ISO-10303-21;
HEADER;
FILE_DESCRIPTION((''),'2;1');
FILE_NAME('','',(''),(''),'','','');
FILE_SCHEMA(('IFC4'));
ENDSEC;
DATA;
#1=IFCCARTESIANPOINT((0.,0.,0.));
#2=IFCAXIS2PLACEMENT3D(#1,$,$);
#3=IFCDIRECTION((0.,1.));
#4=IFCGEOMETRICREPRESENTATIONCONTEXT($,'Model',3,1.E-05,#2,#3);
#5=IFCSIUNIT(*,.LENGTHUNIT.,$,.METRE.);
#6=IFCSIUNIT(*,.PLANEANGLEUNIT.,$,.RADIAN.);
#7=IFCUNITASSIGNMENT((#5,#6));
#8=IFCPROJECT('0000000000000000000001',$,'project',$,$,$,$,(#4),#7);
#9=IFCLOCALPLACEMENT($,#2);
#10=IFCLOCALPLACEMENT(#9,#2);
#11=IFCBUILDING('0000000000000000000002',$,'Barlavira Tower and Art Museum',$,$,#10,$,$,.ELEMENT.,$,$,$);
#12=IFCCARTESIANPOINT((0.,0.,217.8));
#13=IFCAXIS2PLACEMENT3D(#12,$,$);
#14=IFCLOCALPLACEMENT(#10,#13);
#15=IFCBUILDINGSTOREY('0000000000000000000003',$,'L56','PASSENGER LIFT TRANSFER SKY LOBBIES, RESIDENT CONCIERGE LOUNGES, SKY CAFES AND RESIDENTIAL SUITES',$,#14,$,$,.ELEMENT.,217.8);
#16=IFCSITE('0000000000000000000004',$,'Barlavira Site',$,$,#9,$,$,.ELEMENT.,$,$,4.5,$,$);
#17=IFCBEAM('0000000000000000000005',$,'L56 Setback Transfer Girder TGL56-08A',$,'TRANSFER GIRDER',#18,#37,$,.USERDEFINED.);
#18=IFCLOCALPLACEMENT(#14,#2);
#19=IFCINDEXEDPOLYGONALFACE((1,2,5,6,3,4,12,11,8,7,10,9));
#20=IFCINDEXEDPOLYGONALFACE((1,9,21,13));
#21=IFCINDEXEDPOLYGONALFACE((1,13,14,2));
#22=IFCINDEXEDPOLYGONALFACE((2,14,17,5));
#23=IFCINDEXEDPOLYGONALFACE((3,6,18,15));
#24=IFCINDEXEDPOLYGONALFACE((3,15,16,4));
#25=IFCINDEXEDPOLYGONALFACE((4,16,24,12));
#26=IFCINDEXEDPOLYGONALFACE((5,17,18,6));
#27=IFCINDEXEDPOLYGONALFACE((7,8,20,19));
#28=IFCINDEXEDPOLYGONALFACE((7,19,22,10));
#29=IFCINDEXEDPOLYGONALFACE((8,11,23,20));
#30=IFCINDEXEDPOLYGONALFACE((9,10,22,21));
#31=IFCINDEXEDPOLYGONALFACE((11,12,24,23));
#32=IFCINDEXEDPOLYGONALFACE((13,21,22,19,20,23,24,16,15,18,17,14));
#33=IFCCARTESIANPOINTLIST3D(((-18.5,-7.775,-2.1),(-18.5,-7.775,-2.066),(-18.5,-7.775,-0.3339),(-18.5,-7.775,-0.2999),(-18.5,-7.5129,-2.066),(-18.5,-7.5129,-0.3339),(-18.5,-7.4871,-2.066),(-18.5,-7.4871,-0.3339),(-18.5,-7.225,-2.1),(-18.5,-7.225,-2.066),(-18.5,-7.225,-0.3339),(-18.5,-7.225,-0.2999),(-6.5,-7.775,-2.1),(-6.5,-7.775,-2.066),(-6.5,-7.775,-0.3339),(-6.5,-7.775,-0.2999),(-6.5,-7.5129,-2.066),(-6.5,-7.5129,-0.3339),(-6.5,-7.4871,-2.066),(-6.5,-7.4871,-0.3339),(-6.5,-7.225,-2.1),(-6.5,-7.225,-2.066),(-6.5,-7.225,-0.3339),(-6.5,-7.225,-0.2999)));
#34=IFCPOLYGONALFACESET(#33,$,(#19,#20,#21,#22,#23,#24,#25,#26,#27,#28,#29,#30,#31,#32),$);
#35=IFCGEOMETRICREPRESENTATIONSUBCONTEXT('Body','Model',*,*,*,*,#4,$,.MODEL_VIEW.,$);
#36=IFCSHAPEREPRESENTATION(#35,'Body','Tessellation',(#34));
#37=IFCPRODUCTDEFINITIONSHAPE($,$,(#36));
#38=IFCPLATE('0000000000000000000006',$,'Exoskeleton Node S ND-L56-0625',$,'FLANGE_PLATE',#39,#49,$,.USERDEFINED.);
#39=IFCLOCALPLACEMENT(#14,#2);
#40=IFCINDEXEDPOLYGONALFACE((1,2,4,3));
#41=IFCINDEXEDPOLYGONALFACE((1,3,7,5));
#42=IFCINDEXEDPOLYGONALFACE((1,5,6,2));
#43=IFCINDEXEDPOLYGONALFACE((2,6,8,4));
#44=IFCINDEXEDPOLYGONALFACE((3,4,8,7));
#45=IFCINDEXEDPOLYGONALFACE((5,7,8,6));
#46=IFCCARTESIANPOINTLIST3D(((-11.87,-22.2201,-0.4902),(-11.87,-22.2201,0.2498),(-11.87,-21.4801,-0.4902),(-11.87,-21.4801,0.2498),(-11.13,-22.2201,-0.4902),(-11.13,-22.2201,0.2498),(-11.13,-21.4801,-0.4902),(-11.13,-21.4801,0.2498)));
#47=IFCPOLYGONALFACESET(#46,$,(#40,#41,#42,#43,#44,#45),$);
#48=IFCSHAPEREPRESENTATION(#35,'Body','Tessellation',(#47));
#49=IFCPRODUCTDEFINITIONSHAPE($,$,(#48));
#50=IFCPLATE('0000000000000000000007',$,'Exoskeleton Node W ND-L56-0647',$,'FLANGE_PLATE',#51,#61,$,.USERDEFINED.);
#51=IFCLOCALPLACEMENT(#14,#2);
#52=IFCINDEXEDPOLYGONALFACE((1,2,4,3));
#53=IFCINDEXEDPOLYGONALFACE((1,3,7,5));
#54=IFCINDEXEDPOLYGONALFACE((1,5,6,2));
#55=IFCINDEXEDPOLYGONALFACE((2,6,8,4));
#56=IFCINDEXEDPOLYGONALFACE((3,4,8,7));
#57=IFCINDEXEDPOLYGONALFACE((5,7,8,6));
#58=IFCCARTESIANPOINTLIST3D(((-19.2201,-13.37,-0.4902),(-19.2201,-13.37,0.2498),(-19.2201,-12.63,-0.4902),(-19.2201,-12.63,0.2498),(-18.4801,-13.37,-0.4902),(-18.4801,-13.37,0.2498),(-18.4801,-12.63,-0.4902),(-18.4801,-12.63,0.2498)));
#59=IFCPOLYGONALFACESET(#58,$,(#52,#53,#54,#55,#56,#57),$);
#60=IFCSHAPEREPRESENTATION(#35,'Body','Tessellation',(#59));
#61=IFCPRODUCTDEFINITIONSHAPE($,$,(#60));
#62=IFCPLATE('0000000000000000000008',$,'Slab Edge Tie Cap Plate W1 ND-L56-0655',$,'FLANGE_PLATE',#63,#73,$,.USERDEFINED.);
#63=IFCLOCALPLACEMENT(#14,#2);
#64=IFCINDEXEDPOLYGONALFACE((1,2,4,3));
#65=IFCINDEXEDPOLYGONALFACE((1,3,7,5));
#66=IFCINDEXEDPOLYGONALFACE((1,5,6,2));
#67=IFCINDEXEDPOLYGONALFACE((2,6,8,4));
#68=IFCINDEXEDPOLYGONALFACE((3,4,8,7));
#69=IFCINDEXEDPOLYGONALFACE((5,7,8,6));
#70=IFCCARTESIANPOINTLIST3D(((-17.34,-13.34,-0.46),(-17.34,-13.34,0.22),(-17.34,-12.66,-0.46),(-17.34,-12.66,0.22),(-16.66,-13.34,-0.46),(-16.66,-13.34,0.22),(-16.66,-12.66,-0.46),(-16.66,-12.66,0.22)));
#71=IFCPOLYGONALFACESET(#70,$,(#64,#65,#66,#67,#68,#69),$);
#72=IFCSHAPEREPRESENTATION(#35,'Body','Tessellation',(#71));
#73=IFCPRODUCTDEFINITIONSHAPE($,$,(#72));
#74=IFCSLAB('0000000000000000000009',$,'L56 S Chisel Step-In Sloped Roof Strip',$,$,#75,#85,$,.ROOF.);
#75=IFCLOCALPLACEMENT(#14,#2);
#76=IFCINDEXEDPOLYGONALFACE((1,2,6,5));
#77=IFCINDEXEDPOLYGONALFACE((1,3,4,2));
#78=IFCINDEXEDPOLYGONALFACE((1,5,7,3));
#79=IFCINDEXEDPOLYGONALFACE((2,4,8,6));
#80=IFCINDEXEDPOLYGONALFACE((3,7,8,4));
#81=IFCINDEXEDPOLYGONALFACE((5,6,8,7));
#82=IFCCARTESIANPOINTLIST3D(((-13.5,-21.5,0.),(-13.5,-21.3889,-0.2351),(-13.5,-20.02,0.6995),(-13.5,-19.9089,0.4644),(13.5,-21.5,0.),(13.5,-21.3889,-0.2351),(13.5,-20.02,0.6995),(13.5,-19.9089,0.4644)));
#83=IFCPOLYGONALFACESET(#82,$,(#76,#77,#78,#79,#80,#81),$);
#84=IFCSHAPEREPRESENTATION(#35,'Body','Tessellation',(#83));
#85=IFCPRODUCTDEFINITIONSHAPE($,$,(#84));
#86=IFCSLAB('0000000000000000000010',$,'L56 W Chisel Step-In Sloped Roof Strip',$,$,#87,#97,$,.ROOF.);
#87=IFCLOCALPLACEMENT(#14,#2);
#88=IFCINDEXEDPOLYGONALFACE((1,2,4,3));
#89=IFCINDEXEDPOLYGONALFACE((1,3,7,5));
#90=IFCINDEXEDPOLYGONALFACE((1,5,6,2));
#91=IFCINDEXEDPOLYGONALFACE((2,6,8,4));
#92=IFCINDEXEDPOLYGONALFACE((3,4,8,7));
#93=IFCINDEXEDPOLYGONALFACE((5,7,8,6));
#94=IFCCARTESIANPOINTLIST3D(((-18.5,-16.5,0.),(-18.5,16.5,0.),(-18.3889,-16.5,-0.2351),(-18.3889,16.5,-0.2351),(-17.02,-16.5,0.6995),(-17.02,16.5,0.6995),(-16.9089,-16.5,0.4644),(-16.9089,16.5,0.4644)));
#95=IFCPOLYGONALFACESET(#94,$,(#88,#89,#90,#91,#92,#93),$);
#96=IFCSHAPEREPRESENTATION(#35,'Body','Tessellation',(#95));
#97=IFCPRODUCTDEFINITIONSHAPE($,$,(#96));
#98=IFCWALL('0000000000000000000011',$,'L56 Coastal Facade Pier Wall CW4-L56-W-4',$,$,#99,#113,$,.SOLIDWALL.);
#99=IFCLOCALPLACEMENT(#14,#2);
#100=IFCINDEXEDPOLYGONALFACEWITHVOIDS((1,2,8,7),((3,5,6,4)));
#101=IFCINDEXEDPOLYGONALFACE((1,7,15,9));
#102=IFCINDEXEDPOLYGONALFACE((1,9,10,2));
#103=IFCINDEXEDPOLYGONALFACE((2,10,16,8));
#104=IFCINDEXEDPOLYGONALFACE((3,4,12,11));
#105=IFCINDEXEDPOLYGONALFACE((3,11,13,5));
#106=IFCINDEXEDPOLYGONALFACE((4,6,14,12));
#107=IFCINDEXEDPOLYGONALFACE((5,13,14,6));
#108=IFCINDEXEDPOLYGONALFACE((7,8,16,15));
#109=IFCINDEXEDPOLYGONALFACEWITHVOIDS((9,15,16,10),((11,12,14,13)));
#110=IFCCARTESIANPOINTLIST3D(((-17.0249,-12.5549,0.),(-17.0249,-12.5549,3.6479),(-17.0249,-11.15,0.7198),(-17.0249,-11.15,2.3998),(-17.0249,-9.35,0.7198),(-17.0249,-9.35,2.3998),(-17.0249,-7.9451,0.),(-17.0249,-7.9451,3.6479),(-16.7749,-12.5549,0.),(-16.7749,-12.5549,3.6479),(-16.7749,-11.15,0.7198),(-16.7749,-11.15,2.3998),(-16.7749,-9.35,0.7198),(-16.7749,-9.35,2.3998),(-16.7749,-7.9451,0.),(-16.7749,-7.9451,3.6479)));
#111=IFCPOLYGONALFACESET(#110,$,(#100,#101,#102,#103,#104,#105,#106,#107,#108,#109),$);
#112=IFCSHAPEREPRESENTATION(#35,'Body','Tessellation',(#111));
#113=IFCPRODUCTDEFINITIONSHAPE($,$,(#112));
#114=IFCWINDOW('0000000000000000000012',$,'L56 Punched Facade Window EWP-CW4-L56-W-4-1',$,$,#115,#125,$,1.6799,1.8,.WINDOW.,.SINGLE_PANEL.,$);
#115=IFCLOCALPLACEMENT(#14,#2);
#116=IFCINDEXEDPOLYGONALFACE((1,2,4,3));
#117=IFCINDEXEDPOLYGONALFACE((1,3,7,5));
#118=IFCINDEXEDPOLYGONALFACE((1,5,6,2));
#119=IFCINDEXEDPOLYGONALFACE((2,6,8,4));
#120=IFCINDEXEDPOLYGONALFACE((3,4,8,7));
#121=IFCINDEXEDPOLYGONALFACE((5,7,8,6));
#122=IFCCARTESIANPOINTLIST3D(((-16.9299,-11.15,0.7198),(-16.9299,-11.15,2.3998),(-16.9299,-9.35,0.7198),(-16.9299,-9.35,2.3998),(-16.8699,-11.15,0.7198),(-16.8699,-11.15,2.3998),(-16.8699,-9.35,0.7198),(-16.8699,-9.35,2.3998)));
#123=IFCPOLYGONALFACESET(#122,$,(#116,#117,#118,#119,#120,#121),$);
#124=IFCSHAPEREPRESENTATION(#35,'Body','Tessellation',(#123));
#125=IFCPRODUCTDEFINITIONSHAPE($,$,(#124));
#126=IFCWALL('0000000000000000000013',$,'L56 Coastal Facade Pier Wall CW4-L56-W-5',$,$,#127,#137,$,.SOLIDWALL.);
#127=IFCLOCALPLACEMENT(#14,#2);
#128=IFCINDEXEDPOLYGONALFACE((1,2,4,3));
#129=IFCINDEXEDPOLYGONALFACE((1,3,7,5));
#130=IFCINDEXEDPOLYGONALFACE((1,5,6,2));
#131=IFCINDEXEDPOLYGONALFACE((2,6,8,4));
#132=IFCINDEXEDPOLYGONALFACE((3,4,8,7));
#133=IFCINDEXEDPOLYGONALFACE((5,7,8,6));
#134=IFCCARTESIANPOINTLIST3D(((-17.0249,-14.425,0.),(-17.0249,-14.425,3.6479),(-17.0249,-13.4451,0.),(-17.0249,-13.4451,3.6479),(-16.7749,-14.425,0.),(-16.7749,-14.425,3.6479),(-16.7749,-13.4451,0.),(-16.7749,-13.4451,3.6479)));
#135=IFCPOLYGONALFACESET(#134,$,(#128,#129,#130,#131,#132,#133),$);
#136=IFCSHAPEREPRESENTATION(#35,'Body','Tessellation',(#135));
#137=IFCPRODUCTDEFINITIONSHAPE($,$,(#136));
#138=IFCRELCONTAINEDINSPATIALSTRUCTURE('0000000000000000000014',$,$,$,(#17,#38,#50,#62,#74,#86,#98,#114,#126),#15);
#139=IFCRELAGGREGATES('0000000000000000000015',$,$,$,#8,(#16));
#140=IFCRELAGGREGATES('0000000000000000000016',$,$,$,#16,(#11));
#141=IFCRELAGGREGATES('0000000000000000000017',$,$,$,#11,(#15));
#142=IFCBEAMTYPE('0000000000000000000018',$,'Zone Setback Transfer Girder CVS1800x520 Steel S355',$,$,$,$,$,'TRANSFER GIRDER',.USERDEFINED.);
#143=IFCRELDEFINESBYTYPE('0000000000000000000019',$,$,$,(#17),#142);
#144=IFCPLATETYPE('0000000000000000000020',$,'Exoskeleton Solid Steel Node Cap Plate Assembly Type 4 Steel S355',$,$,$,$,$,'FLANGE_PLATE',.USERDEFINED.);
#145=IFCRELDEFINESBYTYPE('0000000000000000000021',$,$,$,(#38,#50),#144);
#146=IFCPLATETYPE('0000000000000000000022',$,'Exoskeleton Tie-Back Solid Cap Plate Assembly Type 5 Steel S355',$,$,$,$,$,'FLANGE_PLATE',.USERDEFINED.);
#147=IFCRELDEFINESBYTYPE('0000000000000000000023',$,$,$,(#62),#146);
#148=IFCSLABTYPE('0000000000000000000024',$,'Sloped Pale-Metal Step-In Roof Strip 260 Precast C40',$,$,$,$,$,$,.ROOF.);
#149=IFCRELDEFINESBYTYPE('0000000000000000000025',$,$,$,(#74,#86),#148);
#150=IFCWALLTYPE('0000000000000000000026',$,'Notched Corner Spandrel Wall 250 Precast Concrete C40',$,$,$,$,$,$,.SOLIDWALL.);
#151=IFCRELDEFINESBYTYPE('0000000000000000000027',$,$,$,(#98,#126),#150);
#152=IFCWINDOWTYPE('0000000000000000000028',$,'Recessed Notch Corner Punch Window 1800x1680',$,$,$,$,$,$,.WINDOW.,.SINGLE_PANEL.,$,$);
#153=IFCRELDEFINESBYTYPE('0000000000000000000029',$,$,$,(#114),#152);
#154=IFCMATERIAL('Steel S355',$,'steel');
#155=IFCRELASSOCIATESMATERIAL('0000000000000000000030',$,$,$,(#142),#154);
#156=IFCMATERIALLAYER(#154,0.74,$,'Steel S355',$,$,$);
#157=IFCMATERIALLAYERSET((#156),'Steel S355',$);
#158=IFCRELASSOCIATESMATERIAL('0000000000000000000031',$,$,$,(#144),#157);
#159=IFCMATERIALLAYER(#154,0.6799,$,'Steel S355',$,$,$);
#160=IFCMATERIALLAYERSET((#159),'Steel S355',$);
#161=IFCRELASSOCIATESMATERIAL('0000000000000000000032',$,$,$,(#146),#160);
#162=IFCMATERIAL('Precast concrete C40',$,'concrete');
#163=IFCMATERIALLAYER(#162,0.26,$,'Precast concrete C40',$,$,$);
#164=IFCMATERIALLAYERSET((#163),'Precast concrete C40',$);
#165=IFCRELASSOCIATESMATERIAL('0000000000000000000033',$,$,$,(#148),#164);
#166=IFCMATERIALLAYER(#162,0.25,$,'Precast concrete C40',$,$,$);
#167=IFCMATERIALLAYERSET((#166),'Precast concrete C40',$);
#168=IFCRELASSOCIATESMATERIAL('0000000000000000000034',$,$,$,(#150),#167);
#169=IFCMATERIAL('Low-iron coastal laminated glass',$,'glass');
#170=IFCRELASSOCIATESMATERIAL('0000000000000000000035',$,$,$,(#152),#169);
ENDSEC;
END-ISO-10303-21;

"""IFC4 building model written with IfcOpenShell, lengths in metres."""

from ifc_helpers import new_model, si_unit, direction, frame, frame_2d, origin, origin_2d, place, context, subcontext, project, spatial, polyline, rectangle, i_section, outline, extrude, material, layer, layer_set, material_profile, profile_set, type_object, element, fill, save


model = new_model("IFC4")

# Units and contexts
model_context = context("Model", 3, precision=1e-05, world=origin(), true_north=direction((0.0, 1.0)))
body_context = subcontext(model_context, "Body", "Model", "MODEL_VIEW")
ifc_project = project(units=[si_unit("LENGTHUNIT", "METRE"), si_unit("PLANEANGLEUNIT", "RADIAN")], contexts=[model_context])

# Site, building, storey
site_placement = place(None, origin())
site = spatial("IfcSite", under=ifc_project, at=site_placement, Name="Barlavira Site", CompositionType="ELEMENT", RefElevation=4.5)
building_placement = place(site_placement, origin())
building = spatial("IfcBuilding", under=site, at=building_placement, Name="Barlavira Tower and Art Museum", CompositionType="ELEMENT")
storey_placement = place(building_placement, frame((0.0, 0.0, 217.8)))
storey = spatial("IfcBuildingStorey", under=building, at=storey_placement, Name="L56", Description="PASSENGER LIFT TRANSFER SKY LOBBIES, RESIDENT CONCIERGE LOUNGES, SKY CAFES AND RESIDENTIAL SUITES", CompositionType="ELEMENT", Elevation=217.8)

# Shared definitions
ifc_material_1 = material(Name="Steel S355", Category="steel")

# Beam
ifc_material_profile_1 = material_profile(ifc_material_1, i_section(OverallWidth=0.55, OverallDepth=1.8, WebThickness=0.0259, FlangeThickness=0.0339, at=origin_2d()), Name="CVS1800x520")
ifc_profile_set_1 = profile_set([ifc_material_profile_1], Name="Steel S355")
beam_type_1 = type_object("IfcBeamType", Name="Zone Setback Transfer Girder CVS1800x520 Steel S355", ElementType="TRANSFER GIRDER", PredefinedType="USERDEFINED", material=ifc_profile_set_1)
beam_1_placement = place(storey_placement, frame((-18.5, -7.5, -1.2), z_axis=(1.0, 0.0, 0.0), x_axis=(0.0, 1.0, 0.0)))
element("IfcBeam", 1, at=beam_1_placement, inside=storey, type_object=beam_type_1, Name="L56 Setback Transfer Girder TGL56-08A", ObjectType="TRANSFER GIRDER", PredefinedType="USERDEFINED", context=body_context, shape_type="SweptSolid", body=[
    extrude(i_section(OverallWidth=0.55, OverallDepth=1.8, WebThickness=0.0259, FlangeThickness=0.0339, at=origin_2d()), origin(), (0.0, 0.0, 1.0), 12.0),
])

# Plates
ifc_layer_1 = layer(ifc_material_1, 0.74, Name="Steel S355")
ifc_layer_set_1 = layer_set([ifc_layer_1], Name="Steel S355")
plate_type_1 = type_object("IfcPlateType", Name="Exoskeleton Solid Steel Node Cap Plate Assembly Type 4 Steel S355", ElementType="FLANGE_PLATE", PredefinedType="USERDEFINED", material=ifc_layer_set_1)
for number, where, z_axis, x_axis, name in (
    (2, (-11.5, -21.8501, -0.4902), (0.0, 0.0, 1.0), (1.0, 0.0, 0.0), "Exoskeleton Node S ND-L56-0625"),
    (3, (-18.8501, -13.0, -0.4902), (0.0, 0.0, 1.0), (1.0, 0.0, 0.0), "Exoskeleton Node W ND-L56-0647"),
):
    element("IfcPlate", number, at=place(storey_placement, frame(where, z_axis=z_axis, x_axis=x_axis)), inside=storey, type_object=plate_type_1, Name=name, ObjectType="FLANGE_PLATE", PredefinedType="USERDEFINED", context=body_context, shape_type="SweptSolid", body=[
        extrude(rectangle(XDim=0.74, YDim=0.74, at=origin_2d()), origin(), (0.0, 0.0, 1.0), 0.74),
    ])
ifc_layer_2 = layer(ifc_material_1, 0.6799, Name="Steel S355")
ifc_layer_set_2 = layer_set([ifc_layer_2], Name="Steel S355")
plate_type_2 = type_object("IfcPlateType", Name="Exoskeleton Tie-Back Solid Cap Plate Assembly Type 5 Steel S355", ElementType="FLANGE_PLATE", PredefinedType="USERDEFINED", material=ifc_layer_set_2)
plate_placement = place(storey_placement, frame((-17.0, -13.0, -0.46), z_axis=(0.0, 0.0, 1.0), x_axis=(1.0, 0.0, 0.0)))
element("IfcPlate", 4, at=plate_placement, inside=storey, type_object=plate_type_2, Name="Slab Edge Tie Cap Plate W1 ND-L56-0655", ObjectType="FLANGE_PLATE", PredefinedType="USERDEFINED", context=body_context, shape_type="SweptSolid", body=[
    extrude(rectangle(XDim=0.6799, YDim=0.6799, at=origin_2d()), origin(), (0.0, 0.0, 1.0), 0.6799),
])

# Slabs
ifc_material_2 = material(Name="Precast concrete C40", Category="concrete")
ifc_layer_3 = layer(ifc_material_2, 0.26, Name="Precast concrete C40")
ifc_layer_set_3 = layer_set([ifc_layer_3], Name="Precast concrete C40")
slab_type = type_object("IfcSlabType", Name="Sloped Pale-Metal Step-In Roof Strip 260 Precast C40", PredefinedType="ROOF", material=ifc_layer_set_3)
slab_1_placement = place(storey_placement, frame((-13.5, -20.02, 0.6995), z_axis=(0.0, -0.427298, 0.904111), x_axis=(1.0, 0.0, 0.0)))
element("IfcSlab", 5, at=slab_1_placement, inside=storey, type_object=slab_type, Name="L56 S Chisel Step-In Sloped Roof Strip", PredefinedType="ROOF", context=body_context, shape_type="SweptSolid", body=[
    extrude(outline(polyline([(0.0, 0.0), (27.0, 0.0), (27.0, -1.6369), (0.0, -1.6369), (0.0, 0.0)])), origin(), (0.0, 0.0, -1.0), 0.26),
])
slab_2_placement = place(storey_placement, frame((-18.5, -16.5, 0.0), z_axis=(-0.427298, 0.0, 0.904111), x_axis=(0.904111, 0.0, 0.427298)))
element("IfcSlab", 6, at=slab_2_placement, inside=storey, type_object=slab_type, Name="L56 W Chisel Step-In Sloped Roof Strip", PredefinedType="ROOF", context=body_context, shape_type="SweptSolid", body=[
    extrude(outline(polyline([(0.0, 0.0), (1.6369, 0.0), (1.6369, 33.0), (0.0, 33.0), (0.0, 0.0)])), origin(), (0.0, 0.0, -1.0), 0.26),
])

# Wall, opening, window
ifc_layer_4 = layer(ifc_material_2, 0.25, Name="Precast concrete C40")
ifc_layer_set_4 = layer_set([ifc_layer_4], Name="Precast concrete C40")
wall_type = type_object("IfcWallType", Name="Notched Corner Spandrel Wall 250 Precast Concrete C40", PredefinedType="SOLIDWALL", material=ifc_layer_set_4)
wall_1_placement = place(storey_placement, frame((-16.8999, -7.9451, 0.0), z_axis=(0.0, 0.0, 1.0), x_axis=(0.0, -1.0, 0.0)))
wall_1 = element("IfcWall", 7, at=wall_1_placement, inside=storey, type_object=wall_type, Name="L56 Coastal Facade Pier Wall CW4-L56-W-4", PredefinedType="SOLIDWALL", context=body_context, shape_type="SweptSolid", body=[
    extrude(rectangle(XDim=4.6099, YDim=0.25, at=frame_2d((2.3049, 0.0))), origin(), (0.0, 0.0, 1.0), 3.6479),
])
opening_1_placement = place(wall_1_placement, frame((1.405, 0.0, 0.72)))
opening_1 = element("IfcOpeningElement", 8, at=opening_1_placement, cuts=wall_1, PredefinedType="OPENING", context=body_context, shape_type="SweptSolid", body=[
    extrude(rectangle(XDim=1.8, YDim=1.6799, at=frame_2d((0.8999, 0.8398))), frame((0.0, 0.135, 0.0), z_axis=(0.0, -1.0, 0.0), x_axis=(1.0, 0.0, 0.0)), (0.0, 0.0, 1.0), 0.27),
])
ifc_material_3 = material(Name="Low-iron coastal laminated glass", Category="glass")
window_type = type_object("IfcWindowType", Name="Recessed Notch Corner Punch Window 1800x1680", PartitioningType="SINGLE_PANEL", PredefinedType="WINDOW", material=ifc_material_3)
window_1_placement = place(opening_1_placement, origin())
window_1 = element("IfcWindow", 9, at=window_1_placement, inside=storey, type_object=window_type, Name="L56 Punched Facade Window EWP-CW4-L56-W-4-1", OverallHeight=1.6799, OverallWidth=1.8, PartitioningType="SINGLE_PANEL", PredefinedType="WINDOW", context=body_context, shape_type="SweptSolid", body=[
    extrude(rectangle(XDim=1.8, YDim=1.6799, at=frame_2d((0.8999, 0.8398))), frame((0.0, 0.03, 0.0), z_axis=(0.0, -1.0, 0.0), x_axis=(1.0, 0.0, 0.0)), (0.0, 0.0, 1.0), 0.0601),
])
fill(opening_1, window_1)

# Wall
wall_2_placement = place(storey_placement, frame((-16.8999, -13.4451, 0.0), z_axis=(0.0, 0.0, 1.0), x_axis=(0.0, -1.0, 0.0)))
element("IfcWall", 10, at=wall_2_placement, inside=storey, type_object=wall_type, Name="L56 Coastal Facade Pier Wall CW4-L56-W-5", PredefinedType="SOLIDWALL", context=body_context, shape_type="SweptSolid", body=[
    extrude(rectangle(XDim=0.98, YDim=0.25, at=frame_2d((0.49, 0.0))), origin(), (0.0, 0.0, 1.0), 3.6479),
])

save(model, "model.ifc")
